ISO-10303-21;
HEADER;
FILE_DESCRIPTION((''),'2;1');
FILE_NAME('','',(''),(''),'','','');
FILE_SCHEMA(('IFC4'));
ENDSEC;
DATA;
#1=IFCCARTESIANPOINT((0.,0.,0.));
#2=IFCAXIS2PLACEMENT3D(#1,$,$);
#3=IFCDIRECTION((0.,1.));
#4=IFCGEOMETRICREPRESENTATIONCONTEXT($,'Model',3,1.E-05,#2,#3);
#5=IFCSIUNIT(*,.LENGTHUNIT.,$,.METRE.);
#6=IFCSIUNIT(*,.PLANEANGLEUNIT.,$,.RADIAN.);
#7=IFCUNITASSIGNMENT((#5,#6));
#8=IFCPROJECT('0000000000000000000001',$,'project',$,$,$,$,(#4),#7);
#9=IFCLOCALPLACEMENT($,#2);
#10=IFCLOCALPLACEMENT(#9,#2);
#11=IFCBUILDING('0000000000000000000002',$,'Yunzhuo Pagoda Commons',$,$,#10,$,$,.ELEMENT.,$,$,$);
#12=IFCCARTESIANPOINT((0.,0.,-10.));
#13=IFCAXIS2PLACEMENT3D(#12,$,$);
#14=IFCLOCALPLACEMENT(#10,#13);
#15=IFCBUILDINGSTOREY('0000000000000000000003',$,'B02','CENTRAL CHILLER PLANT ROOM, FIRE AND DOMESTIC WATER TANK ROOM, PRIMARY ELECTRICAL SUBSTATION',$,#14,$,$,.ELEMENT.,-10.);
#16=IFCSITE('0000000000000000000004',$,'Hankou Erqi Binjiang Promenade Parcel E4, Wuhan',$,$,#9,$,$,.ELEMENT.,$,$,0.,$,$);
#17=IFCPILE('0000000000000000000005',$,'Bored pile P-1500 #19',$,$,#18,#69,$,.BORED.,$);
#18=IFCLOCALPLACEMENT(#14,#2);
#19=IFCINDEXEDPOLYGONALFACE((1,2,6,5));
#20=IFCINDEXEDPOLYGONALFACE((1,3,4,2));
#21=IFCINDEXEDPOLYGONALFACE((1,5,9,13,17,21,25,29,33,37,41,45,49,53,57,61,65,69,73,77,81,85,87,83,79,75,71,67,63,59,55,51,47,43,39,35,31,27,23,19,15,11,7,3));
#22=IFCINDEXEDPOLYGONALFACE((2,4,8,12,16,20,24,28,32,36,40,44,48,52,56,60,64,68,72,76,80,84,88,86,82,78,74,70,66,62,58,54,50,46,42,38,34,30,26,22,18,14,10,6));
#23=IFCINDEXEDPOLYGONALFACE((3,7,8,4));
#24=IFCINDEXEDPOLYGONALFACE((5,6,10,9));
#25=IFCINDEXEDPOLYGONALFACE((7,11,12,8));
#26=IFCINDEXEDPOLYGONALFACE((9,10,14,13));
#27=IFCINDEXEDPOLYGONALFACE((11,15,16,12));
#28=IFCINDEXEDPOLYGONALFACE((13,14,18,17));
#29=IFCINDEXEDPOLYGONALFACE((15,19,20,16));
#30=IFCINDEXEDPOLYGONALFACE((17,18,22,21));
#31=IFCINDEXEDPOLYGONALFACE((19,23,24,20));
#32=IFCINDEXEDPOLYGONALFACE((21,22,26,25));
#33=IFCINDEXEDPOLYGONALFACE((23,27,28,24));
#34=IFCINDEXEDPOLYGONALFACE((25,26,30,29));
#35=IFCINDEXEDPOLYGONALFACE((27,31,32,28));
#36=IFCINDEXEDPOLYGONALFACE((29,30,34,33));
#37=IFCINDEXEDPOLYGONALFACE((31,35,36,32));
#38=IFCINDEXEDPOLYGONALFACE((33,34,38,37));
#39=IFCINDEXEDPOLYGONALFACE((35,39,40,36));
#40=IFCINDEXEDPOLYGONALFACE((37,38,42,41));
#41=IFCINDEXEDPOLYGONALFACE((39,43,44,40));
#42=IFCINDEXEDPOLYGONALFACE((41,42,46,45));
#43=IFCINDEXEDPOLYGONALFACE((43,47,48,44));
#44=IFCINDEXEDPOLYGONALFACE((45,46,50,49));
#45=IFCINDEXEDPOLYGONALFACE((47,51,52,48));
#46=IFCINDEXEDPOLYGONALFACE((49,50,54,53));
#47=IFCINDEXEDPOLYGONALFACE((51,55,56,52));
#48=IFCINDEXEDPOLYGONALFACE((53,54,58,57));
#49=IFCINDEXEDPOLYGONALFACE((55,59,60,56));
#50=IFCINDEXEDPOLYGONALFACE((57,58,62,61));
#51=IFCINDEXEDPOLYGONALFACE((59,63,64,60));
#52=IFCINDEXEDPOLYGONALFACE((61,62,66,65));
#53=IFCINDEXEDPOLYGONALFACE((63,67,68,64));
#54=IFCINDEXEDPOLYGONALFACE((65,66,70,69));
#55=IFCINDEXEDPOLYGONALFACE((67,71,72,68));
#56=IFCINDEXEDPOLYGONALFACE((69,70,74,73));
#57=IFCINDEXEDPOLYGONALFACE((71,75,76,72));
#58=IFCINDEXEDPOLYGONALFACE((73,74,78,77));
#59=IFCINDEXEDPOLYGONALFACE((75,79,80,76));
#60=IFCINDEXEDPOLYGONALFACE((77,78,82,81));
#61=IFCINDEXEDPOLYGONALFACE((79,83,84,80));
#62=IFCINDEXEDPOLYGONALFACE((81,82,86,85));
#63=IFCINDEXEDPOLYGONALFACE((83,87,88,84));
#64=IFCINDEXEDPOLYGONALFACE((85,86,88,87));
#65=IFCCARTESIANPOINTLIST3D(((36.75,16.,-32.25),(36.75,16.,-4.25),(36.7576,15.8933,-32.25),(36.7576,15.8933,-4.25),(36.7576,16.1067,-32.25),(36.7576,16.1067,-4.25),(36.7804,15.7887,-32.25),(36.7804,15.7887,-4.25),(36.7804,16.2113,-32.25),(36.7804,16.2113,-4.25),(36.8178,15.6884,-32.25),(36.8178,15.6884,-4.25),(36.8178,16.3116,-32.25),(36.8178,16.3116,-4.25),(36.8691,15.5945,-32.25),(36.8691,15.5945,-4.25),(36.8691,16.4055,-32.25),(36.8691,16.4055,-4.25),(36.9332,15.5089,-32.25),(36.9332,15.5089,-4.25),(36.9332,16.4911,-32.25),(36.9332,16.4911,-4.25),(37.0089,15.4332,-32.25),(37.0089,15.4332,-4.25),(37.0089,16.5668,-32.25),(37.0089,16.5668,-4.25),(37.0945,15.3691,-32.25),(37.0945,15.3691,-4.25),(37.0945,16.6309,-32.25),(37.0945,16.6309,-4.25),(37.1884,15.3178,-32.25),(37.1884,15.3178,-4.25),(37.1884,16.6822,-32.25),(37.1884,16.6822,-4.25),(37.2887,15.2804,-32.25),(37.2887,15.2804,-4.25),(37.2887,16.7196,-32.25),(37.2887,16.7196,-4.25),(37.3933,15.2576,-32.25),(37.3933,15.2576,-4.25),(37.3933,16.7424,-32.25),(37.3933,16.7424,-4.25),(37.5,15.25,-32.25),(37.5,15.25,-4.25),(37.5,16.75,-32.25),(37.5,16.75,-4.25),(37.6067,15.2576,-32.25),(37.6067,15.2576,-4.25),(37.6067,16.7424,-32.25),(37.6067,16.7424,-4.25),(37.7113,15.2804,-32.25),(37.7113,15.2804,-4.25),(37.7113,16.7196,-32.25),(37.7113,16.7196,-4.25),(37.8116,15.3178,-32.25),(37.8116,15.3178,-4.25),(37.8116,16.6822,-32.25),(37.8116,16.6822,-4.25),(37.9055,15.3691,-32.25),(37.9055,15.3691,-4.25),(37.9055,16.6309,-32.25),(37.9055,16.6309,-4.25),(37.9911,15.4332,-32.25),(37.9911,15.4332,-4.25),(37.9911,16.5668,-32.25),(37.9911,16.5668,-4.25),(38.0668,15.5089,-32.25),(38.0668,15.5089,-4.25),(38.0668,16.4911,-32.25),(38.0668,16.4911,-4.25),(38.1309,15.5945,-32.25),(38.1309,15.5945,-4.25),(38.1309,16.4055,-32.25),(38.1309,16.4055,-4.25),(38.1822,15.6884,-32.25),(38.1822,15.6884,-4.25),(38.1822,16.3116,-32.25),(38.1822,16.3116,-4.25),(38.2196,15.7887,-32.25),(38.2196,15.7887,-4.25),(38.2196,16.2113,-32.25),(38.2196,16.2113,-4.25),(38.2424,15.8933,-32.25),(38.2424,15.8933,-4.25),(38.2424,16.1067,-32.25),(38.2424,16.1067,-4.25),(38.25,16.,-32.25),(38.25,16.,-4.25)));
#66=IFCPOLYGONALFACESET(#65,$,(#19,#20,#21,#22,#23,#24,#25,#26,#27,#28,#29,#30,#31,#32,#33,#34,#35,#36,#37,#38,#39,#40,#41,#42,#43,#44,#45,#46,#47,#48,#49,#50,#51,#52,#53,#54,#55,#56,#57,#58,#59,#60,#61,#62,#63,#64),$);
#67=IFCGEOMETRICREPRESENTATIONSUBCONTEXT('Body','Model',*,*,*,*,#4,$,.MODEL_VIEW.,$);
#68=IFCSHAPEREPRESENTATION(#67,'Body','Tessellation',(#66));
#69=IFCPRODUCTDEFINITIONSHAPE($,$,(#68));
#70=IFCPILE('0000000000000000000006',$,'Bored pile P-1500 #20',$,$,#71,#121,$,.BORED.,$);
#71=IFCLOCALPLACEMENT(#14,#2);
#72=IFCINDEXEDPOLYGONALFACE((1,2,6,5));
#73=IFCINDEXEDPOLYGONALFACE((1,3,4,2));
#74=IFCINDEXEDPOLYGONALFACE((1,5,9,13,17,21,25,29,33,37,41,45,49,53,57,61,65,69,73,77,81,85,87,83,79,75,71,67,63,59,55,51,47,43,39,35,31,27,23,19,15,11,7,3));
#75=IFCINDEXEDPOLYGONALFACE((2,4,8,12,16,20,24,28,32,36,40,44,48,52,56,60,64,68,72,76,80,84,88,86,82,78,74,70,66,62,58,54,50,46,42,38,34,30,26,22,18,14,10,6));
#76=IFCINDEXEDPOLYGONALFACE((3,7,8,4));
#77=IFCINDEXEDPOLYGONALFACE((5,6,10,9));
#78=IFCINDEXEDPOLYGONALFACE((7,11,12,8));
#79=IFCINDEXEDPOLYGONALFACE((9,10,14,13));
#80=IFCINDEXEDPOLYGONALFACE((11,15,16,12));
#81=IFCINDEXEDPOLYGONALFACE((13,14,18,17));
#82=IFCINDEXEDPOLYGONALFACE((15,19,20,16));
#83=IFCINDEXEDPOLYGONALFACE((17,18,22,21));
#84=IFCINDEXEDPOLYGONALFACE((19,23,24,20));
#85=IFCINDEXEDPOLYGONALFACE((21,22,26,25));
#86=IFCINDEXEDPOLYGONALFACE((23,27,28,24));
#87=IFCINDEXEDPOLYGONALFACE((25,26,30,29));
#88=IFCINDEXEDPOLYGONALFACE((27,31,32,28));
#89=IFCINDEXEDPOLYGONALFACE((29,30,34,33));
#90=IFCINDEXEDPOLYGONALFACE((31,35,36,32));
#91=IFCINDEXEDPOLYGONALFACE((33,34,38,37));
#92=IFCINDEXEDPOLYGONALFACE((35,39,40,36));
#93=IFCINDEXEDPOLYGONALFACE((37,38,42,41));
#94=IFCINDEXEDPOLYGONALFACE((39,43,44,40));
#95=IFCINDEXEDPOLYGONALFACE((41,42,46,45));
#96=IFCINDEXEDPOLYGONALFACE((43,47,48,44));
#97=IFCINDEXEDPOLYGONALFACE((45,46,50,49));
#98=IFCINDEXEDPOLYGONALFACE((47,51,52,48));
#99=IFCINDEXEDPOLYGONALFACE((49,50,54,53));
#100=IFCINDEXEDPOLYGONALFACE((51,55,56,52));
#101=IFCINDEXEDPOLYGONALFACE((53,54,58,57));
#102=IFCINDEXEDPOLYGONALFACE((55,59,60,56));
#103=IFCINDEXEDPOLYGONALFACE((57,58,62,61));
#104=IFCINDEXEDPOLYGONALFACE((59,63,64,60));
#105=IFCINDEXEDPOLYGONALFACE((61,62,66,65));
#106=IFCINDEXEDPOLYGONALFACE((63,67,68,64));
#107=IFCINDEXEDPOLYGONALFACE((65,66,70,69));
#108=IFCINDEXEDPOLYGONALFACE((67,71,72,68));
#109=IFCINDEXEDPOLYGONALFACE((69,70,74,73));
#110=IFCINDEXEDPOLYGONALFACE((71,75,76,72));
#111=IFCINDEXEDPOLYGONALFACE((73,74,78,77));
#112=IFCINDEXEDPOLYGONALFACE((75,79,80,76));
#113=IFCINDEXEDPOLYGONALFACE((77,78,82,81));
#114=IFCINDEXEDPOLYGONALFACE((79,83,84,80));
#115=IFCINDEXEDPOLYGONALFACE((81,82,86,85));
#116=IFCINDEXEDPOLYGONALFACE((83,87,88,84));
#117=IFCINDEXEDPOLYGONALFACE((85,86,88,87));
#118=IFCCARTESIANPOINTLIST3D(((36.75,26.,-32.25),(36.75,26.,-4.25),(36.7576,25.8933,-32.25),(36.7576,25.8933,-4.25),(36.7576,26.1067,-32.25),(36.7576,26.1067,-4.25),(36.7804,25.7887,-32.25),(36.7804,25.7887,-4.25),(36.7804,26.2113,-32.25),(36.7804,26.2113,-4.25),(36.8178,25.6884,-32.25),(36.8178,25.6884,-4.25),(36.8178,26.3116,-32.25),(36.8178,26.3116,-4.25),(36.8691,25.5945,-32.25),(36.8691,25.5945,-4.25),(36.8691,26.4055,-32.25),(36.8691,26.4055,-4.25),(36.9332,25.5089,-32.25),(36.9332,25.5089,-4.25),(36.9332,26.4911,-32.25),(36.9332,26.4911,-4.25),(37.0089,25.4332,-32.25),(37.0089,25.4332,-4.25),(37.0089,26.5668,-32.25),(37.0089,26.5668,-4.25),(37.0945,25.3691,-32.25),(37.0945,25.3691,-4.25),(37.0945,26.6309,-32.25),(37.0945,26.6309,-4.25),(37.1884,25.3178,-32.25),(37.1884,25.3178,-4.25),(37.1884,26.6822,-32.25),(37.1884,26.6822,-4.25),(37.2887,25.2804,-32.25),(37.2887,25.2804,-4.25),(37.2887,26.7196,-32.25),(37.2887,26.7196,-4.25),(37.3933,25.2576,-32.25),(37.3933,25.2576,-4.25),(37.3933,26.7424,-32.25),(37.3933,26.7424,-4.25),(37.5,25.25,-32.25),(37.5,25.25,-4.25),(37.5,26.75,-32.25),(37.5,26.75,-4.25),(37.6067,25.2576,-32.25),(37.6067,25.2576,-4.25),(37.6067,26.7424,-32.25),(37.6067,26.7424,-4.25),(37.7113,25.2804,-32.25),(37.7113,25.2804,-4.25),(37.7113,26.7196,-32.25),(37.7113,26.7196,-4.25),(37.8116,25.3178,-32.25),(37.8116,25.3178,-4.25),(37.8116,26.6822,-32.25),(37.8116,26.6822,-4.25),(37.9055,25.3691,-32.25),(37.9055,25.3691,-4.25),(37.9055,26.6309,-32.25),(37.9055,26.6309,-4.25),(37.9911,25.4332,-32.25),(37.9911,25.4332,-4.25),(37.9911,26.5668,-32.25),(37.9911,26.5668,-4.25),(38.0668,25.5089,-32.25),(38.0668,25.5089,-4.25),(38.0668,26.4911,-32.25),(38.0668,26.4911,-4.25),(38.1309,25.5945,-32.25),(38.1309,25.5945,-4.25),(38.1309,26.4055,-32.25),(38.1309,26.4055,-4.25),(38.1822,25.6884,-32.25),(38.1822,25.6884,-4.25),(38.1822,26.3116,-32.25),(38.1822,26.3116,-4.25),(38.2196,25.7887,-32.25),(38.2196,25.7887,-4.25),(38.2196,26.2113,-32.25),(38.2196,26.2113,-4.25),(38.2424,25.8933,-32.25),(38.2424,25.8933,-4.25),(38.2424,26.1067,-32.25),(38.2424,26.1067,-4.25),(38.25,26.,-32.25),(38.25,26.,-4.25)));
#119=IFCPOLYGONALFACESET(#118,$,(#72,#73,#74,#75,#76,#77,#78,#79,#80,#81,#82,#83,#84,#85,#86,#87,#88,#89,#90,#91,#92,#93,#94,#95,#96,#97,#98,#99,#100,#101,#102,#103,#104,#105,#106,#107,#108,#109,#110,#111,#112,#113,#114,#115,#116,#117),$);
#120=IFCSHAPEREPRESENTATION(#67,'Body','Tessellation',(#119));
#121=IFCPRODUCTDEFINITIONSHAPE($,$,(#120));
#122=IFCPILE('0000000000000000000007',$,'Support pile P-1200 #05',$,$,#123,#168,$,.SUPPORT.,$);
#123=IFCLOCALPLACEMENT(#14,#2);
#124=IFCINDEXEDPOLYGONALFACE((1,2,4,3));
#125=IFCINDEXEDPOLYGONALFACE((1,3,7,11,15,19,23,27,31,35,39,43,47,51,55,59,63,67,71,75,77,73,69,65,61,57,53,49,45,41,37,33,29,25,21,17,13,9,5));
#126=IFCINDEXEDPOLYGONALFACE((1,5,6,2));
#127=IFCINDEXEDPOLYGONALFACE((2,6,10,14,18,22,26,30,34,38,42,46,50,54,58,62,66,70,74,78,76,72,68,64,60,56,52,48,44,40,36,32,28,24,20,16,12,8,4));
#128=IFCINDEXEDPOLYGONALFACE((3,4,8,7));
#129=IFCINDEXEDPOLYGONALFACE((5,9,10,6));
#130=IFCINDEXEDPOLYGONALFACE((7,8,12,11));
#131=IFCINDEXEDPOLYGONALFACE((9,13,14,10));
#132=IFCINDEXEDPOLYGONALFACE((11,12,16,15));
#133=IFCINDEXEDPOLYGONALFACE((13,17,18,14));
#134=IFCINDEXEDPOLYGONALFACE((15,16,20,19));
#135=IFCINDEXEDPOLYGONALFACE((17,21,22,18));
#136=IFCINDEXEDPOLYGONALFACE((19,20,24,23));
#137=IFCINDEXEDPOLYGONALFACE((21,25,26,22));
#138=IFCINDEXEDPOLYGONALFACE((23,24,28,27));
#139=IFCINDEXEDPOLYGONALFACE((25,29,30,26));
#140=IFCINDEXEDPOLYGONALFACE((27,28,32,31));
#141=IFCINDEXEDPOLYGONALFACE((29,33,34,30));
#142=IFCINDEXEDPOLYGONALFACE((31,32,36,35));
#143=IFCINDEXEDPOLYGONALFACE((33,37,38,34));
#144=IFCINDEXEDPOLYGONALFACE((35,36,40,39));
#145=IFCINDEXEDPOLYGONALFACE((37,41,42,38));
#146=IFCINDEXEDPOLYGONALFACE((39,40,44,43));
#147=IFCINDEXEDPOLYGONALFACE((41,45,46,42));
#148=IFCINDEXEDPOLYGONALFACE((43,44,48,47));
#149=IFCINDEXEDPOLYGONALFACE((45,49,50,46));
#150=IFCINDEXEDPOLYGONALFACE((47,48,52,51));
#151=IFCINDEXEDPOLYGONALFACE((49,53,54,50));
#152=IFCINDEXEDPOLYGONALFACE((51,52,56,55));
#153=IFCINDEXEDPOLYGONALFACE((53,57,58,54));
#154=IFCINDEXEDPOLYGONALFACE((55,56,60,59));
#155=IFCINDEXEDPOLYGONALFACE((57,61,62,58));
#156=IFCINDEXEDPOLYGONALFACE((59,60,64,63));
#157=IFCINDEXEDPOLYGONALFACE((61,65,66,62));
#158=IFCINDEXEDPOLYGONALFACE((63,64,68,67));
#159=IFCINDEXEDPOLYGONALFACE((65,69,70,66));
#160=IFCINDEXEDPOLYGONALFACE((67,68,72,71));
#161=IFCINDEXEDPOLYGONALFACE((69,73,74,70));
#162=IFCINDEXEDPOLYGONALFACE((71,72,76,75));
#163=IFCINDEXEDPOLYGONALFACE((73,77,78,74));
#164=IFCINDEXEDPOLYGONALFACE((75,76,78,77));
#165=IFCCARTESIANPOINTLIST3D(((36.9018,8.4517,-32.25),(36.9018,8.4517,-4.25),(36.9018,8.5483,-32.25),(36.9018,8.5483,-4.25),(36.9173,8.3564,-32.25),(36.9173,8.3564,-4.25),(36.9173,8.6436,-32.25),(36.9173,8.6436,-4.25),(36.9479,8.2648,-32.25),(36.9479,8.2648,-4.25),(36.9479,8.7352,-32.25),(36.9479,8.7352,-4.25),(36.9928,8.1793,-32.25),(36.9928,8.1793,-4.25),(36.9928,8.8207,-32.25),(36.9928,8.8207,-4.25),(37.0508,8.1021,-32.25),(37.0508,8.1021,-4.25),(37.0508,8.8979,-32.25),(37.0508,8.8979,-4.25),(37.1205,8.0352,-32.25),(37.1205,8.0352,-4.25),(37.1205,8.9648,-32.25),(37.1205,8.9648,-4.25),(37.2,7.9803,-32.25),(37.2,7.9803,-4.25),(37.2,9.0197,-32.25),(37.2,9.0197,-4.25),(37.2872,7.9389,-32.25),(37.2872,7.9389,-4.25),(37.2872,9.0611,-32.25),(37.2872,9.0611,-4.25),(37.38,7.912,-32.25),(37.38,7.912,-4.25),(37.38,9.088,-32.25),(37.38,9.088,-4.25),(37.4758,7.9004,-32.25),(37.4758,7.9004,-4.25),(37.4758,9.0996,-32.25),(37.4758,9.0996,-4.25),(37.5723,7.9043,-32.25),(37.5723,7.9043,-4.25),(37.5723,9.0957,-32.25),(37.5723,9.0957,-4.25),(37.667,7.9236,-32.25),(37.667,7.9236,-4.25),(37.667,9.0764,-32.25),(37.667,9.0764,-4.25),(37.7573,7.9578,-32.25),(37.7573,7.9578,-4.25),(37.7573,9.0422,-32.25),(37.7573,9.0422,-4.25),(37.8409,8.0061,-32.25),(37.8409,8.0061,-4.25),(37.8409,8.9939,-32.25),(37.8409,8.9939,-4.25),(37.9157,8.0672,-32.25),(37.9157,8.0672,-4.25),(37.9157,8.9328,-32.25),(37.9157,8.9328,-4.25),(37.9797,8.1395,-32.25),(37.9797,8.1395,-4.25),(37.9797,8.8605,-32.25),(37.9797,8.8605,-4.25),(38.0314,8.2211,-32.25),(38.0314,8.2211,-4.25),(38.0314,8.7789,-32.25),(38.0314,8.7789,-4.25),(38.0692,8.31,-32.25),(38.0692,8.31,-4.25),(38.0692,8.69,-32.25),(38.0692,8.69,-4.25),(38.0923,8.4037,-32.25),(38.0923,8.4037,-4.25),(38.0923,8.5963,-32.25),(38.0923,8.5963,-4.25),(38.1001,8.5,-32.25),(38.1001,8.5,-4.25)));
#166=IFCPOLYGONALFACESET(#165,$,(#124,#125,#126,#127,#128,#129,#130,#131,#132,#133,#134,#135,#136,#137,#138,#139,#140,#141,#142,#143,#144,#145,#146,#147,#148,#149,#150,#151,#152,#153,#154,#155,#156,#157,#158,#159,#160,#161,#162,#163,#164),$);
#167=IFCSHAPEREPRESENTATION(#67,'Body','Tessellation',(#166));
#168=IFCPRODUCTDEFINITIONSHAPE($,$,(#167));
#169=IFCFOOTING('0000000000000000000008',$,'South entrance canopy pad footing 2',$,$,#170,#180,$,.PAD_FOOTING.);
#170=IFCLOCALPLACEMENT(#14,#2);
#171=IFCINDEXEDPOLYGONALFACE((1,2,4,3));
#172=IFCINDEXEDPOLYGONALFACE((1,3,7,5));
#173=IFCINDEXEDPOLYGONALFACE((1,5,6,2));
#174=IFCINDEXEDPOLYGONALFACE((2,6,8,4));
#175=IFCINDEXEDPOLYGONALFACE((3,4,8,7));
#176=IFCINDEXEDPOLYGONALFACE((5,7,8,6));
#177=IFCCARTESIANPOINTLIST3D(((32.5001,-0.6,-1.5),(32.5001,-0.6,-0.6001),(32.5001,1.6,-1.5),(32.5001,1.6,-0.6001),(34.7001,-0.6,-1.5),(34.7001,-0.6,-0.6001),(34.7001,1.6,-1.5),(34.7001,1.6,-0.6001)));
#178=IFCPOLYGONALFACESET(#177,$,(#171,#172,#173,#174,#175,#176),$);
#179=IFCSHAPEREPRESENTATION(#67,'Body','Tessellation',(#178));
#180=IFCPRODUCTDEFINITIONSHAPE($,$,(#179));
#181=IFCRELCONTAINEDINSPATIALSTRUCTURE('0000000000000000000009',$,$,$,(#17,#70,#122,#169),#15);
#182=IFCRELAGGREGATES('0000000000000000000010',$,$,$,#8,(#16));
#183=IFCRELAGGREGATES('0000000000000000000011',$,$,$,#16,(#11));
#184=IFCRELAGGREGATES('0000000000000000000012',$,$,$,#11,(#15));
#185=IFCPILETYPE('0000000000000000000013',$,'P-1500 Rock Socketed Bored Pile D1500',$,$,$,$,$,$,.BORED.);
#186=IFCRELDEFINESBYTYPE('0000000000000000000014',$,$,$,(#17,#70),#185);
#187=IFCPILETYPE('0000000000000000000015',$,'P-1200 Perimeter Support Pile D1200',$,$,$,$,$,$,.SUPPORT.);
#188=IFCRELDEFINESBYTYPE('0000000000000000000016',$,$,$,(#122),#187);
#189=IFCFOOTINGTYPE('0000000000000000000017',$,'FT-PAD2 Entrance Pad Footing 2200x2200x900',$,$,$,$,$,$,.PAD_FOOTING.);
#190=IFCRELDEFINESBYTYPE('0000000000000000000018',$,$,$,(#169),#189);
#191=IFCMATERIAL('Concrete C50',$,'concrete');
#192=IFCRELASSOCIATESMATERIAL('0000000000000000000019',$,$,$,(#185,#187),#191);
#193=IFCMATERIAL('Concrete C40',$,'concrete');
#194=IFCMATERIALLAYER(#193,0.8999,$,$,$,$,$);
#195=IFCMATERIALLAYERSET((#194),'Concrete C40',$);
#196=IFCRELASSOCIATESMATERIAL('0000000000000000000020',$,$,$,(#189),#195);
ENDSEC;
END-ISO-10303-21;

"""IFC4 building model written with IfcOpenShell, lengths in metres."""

from ifc_helpers import new_model, si_unit, direction, frame, origin, origin_2d, place, context, subcontext, project, spatial, rectangle, circle, extrude, source, transform, mapped, material, layer, layer_set, material_profile, profile_set, type_object, element, save


model = new_model("IFC4")

# Units and contexts
model_context = context("Model", 3, precision=1e-05, world=origin(), true_north=direction((0.0, 1.0)))
body_context = subcontext(model_context, "Body", "Model", "MODEL_VIEW")
ifc_project = project(units=[si_unit("LENGTHUNIT", "METRE"), si_unit("PLANEANGLEUNIT", "RADIAN")], contexts=[model_context])

# Site, building, storey
site_placement = place(None, origin())
site = spatial("IfcSite", under=ifc_project, at=site_placement, Name="Hankou Erqi Binjiang Promenade Parcel E4, Wuhan", CompositionType="ELEMENT", RefElevation=0.0)
building_placement = place(site_placement, origin())
building = spatial("IfcBuilding", under=site, at=building_placement, Name="Yunzhuo Pagoda Commons", CompositionType="ELEMENT")
storey_placement = place(building_placement, frame((0.0, 0.0, -10.0)))
storey = spatial("IfcBuildingStorey", under=building, at=storey_placement, Name="B02", Description="CENTRAL CHILLER PLANT ROOM, FIRE AND DOMESTIC WATER TANK ROOM, PRIMARY ELECTRICAL SUBSTATION", CompositionType="ELEMENT", Elevation=-10.0)

# Piles
ifc_material_1 = material(Name="Concrete C50", Category="concrete")
ifc_material_profile_1 = material_profile(ifc_material_1, circle(Radius=0.75, at=origin_2d()), Name="Concrete C50")
ifc_profile_set_1 = profile_set([ifc_material_profile_1], Name="Concrete C50")
pile_type_1 = type_object("IfcPileType", Name="P-1500 Rock Socketed Bored Pile D1500", PredefinedType="BORED", material=ifc_profile_set_1)
shared_shape_1 = source(origin(), body_context, "Body", "SweptSolid", [
    extrude(circle(Radius=0.75, at=origin_2d()), origin(), (0.0, 0.0, 1.0), 28.0),
])
for number, where, z_axis, x_axis, name in (
    (1, (37.5, 16.0, -4.25), (0.0, 0.0, -1.0), (1.0, 0.0, 0.0), "Bored pile P-1500 #19"),
    (2, (37.5, 26.0, -4.25), (0.0, 0.0, -1.0), (1.0, 0.0, 0.0), "Bored pile P-1500 #20"),
):
    element("IfcPile", number, at=place(storey_placement, frame(where, z_axis=z_axis, x_axis=x_axis)), inside=storey, type_object=pile_type_1, Name=name, PredefinedType="BORED", context=body_context, shape_type="MappedRepresentation", body=[
        mapped(shared_shape_1, transform((0.0, 0.0, 0.0), scale=1.0)),
    ])
ifc_material_profile_2 = material_profile(ifc_material_1, circle(Radius=0.6001, at=origin_2d()), Name="Concrete C50")
ifc_profile_set_2 = profile_set([ifc_material_profile_2], Name="Concrete C50")
pile_type_2 = type_object("IfcPileType", Name="P-1200 Perimeter Support Pile D1200", PredefinedType="SUPPORT", material=ifc_profile_set_2)
shared_shape_2 = source(origin(), body_context, "Body", "SweptSolid", [
    extrude(circle(Radius=0.6001, at=origin_2d()), origin(), (0.0, 0.0, 1.0), 28.0),
])
pile_placement = place(storey_placement, frame((37.5, 8.5, -4.25), z_axis=(0.0, 0.0, -1.0), x_axis=(1.0, 0.0, 0.0)))
element("IfcPile", 3, at=pile_placement, inside=storey, type_object=pile_type_2, Name="Support pile P-1200 #05", PredefinedType="SUPPORT", context=body_context, shape_type="MappedRepresentation", body=[
    mapped(shared_shape_2, transform((0.0, 0.0, 0.0), scale=1.0)),
])

# Footing
ifc_material_2 = material(Name="Concrete C40", Category="concrete")
ifc_layer_1 = layer(ifc_material_2, 0.8999)
ifc_layer_set_1 = layer_set([ifc_layer_1], Name="Concrete C40")
footing_type = type_object("IfcFootingType", Name="FT-PAD2 Entrance Pad Footing 2200x2200x900", PredefinedType="PAD_FOOTING", material=ifc_layer_set_1)
shared_shape_3 = source(origin(), body_context, "Body", "SweptSolid", [
    extrude(rectangle(XDim=2.2, YDim=2.2, at=origin_2d()), origin(), (0.0, 0.0, 1.0), 0.8999),
])
footing_placement = place(storey_placement, frame((33.6001, 0.5, -1.5), z_axis=(0.0, 0.0, 1.0), x_axis=(1.0, 0.0, 0.0)))
element("IfcFooting", 4, at=footing_placement, inside=storey, type_object=footing_type, Name="South entrance canopy pad footing 2", PredefinedType="PAD_FOOTING", context=body_context, shape_type="MappedRepresentation", body=[
    mapped(shared_shape_3, transform((0.0, 0.0, 0.0), scale=1.0)),
])

save(model, "model.ifc")
